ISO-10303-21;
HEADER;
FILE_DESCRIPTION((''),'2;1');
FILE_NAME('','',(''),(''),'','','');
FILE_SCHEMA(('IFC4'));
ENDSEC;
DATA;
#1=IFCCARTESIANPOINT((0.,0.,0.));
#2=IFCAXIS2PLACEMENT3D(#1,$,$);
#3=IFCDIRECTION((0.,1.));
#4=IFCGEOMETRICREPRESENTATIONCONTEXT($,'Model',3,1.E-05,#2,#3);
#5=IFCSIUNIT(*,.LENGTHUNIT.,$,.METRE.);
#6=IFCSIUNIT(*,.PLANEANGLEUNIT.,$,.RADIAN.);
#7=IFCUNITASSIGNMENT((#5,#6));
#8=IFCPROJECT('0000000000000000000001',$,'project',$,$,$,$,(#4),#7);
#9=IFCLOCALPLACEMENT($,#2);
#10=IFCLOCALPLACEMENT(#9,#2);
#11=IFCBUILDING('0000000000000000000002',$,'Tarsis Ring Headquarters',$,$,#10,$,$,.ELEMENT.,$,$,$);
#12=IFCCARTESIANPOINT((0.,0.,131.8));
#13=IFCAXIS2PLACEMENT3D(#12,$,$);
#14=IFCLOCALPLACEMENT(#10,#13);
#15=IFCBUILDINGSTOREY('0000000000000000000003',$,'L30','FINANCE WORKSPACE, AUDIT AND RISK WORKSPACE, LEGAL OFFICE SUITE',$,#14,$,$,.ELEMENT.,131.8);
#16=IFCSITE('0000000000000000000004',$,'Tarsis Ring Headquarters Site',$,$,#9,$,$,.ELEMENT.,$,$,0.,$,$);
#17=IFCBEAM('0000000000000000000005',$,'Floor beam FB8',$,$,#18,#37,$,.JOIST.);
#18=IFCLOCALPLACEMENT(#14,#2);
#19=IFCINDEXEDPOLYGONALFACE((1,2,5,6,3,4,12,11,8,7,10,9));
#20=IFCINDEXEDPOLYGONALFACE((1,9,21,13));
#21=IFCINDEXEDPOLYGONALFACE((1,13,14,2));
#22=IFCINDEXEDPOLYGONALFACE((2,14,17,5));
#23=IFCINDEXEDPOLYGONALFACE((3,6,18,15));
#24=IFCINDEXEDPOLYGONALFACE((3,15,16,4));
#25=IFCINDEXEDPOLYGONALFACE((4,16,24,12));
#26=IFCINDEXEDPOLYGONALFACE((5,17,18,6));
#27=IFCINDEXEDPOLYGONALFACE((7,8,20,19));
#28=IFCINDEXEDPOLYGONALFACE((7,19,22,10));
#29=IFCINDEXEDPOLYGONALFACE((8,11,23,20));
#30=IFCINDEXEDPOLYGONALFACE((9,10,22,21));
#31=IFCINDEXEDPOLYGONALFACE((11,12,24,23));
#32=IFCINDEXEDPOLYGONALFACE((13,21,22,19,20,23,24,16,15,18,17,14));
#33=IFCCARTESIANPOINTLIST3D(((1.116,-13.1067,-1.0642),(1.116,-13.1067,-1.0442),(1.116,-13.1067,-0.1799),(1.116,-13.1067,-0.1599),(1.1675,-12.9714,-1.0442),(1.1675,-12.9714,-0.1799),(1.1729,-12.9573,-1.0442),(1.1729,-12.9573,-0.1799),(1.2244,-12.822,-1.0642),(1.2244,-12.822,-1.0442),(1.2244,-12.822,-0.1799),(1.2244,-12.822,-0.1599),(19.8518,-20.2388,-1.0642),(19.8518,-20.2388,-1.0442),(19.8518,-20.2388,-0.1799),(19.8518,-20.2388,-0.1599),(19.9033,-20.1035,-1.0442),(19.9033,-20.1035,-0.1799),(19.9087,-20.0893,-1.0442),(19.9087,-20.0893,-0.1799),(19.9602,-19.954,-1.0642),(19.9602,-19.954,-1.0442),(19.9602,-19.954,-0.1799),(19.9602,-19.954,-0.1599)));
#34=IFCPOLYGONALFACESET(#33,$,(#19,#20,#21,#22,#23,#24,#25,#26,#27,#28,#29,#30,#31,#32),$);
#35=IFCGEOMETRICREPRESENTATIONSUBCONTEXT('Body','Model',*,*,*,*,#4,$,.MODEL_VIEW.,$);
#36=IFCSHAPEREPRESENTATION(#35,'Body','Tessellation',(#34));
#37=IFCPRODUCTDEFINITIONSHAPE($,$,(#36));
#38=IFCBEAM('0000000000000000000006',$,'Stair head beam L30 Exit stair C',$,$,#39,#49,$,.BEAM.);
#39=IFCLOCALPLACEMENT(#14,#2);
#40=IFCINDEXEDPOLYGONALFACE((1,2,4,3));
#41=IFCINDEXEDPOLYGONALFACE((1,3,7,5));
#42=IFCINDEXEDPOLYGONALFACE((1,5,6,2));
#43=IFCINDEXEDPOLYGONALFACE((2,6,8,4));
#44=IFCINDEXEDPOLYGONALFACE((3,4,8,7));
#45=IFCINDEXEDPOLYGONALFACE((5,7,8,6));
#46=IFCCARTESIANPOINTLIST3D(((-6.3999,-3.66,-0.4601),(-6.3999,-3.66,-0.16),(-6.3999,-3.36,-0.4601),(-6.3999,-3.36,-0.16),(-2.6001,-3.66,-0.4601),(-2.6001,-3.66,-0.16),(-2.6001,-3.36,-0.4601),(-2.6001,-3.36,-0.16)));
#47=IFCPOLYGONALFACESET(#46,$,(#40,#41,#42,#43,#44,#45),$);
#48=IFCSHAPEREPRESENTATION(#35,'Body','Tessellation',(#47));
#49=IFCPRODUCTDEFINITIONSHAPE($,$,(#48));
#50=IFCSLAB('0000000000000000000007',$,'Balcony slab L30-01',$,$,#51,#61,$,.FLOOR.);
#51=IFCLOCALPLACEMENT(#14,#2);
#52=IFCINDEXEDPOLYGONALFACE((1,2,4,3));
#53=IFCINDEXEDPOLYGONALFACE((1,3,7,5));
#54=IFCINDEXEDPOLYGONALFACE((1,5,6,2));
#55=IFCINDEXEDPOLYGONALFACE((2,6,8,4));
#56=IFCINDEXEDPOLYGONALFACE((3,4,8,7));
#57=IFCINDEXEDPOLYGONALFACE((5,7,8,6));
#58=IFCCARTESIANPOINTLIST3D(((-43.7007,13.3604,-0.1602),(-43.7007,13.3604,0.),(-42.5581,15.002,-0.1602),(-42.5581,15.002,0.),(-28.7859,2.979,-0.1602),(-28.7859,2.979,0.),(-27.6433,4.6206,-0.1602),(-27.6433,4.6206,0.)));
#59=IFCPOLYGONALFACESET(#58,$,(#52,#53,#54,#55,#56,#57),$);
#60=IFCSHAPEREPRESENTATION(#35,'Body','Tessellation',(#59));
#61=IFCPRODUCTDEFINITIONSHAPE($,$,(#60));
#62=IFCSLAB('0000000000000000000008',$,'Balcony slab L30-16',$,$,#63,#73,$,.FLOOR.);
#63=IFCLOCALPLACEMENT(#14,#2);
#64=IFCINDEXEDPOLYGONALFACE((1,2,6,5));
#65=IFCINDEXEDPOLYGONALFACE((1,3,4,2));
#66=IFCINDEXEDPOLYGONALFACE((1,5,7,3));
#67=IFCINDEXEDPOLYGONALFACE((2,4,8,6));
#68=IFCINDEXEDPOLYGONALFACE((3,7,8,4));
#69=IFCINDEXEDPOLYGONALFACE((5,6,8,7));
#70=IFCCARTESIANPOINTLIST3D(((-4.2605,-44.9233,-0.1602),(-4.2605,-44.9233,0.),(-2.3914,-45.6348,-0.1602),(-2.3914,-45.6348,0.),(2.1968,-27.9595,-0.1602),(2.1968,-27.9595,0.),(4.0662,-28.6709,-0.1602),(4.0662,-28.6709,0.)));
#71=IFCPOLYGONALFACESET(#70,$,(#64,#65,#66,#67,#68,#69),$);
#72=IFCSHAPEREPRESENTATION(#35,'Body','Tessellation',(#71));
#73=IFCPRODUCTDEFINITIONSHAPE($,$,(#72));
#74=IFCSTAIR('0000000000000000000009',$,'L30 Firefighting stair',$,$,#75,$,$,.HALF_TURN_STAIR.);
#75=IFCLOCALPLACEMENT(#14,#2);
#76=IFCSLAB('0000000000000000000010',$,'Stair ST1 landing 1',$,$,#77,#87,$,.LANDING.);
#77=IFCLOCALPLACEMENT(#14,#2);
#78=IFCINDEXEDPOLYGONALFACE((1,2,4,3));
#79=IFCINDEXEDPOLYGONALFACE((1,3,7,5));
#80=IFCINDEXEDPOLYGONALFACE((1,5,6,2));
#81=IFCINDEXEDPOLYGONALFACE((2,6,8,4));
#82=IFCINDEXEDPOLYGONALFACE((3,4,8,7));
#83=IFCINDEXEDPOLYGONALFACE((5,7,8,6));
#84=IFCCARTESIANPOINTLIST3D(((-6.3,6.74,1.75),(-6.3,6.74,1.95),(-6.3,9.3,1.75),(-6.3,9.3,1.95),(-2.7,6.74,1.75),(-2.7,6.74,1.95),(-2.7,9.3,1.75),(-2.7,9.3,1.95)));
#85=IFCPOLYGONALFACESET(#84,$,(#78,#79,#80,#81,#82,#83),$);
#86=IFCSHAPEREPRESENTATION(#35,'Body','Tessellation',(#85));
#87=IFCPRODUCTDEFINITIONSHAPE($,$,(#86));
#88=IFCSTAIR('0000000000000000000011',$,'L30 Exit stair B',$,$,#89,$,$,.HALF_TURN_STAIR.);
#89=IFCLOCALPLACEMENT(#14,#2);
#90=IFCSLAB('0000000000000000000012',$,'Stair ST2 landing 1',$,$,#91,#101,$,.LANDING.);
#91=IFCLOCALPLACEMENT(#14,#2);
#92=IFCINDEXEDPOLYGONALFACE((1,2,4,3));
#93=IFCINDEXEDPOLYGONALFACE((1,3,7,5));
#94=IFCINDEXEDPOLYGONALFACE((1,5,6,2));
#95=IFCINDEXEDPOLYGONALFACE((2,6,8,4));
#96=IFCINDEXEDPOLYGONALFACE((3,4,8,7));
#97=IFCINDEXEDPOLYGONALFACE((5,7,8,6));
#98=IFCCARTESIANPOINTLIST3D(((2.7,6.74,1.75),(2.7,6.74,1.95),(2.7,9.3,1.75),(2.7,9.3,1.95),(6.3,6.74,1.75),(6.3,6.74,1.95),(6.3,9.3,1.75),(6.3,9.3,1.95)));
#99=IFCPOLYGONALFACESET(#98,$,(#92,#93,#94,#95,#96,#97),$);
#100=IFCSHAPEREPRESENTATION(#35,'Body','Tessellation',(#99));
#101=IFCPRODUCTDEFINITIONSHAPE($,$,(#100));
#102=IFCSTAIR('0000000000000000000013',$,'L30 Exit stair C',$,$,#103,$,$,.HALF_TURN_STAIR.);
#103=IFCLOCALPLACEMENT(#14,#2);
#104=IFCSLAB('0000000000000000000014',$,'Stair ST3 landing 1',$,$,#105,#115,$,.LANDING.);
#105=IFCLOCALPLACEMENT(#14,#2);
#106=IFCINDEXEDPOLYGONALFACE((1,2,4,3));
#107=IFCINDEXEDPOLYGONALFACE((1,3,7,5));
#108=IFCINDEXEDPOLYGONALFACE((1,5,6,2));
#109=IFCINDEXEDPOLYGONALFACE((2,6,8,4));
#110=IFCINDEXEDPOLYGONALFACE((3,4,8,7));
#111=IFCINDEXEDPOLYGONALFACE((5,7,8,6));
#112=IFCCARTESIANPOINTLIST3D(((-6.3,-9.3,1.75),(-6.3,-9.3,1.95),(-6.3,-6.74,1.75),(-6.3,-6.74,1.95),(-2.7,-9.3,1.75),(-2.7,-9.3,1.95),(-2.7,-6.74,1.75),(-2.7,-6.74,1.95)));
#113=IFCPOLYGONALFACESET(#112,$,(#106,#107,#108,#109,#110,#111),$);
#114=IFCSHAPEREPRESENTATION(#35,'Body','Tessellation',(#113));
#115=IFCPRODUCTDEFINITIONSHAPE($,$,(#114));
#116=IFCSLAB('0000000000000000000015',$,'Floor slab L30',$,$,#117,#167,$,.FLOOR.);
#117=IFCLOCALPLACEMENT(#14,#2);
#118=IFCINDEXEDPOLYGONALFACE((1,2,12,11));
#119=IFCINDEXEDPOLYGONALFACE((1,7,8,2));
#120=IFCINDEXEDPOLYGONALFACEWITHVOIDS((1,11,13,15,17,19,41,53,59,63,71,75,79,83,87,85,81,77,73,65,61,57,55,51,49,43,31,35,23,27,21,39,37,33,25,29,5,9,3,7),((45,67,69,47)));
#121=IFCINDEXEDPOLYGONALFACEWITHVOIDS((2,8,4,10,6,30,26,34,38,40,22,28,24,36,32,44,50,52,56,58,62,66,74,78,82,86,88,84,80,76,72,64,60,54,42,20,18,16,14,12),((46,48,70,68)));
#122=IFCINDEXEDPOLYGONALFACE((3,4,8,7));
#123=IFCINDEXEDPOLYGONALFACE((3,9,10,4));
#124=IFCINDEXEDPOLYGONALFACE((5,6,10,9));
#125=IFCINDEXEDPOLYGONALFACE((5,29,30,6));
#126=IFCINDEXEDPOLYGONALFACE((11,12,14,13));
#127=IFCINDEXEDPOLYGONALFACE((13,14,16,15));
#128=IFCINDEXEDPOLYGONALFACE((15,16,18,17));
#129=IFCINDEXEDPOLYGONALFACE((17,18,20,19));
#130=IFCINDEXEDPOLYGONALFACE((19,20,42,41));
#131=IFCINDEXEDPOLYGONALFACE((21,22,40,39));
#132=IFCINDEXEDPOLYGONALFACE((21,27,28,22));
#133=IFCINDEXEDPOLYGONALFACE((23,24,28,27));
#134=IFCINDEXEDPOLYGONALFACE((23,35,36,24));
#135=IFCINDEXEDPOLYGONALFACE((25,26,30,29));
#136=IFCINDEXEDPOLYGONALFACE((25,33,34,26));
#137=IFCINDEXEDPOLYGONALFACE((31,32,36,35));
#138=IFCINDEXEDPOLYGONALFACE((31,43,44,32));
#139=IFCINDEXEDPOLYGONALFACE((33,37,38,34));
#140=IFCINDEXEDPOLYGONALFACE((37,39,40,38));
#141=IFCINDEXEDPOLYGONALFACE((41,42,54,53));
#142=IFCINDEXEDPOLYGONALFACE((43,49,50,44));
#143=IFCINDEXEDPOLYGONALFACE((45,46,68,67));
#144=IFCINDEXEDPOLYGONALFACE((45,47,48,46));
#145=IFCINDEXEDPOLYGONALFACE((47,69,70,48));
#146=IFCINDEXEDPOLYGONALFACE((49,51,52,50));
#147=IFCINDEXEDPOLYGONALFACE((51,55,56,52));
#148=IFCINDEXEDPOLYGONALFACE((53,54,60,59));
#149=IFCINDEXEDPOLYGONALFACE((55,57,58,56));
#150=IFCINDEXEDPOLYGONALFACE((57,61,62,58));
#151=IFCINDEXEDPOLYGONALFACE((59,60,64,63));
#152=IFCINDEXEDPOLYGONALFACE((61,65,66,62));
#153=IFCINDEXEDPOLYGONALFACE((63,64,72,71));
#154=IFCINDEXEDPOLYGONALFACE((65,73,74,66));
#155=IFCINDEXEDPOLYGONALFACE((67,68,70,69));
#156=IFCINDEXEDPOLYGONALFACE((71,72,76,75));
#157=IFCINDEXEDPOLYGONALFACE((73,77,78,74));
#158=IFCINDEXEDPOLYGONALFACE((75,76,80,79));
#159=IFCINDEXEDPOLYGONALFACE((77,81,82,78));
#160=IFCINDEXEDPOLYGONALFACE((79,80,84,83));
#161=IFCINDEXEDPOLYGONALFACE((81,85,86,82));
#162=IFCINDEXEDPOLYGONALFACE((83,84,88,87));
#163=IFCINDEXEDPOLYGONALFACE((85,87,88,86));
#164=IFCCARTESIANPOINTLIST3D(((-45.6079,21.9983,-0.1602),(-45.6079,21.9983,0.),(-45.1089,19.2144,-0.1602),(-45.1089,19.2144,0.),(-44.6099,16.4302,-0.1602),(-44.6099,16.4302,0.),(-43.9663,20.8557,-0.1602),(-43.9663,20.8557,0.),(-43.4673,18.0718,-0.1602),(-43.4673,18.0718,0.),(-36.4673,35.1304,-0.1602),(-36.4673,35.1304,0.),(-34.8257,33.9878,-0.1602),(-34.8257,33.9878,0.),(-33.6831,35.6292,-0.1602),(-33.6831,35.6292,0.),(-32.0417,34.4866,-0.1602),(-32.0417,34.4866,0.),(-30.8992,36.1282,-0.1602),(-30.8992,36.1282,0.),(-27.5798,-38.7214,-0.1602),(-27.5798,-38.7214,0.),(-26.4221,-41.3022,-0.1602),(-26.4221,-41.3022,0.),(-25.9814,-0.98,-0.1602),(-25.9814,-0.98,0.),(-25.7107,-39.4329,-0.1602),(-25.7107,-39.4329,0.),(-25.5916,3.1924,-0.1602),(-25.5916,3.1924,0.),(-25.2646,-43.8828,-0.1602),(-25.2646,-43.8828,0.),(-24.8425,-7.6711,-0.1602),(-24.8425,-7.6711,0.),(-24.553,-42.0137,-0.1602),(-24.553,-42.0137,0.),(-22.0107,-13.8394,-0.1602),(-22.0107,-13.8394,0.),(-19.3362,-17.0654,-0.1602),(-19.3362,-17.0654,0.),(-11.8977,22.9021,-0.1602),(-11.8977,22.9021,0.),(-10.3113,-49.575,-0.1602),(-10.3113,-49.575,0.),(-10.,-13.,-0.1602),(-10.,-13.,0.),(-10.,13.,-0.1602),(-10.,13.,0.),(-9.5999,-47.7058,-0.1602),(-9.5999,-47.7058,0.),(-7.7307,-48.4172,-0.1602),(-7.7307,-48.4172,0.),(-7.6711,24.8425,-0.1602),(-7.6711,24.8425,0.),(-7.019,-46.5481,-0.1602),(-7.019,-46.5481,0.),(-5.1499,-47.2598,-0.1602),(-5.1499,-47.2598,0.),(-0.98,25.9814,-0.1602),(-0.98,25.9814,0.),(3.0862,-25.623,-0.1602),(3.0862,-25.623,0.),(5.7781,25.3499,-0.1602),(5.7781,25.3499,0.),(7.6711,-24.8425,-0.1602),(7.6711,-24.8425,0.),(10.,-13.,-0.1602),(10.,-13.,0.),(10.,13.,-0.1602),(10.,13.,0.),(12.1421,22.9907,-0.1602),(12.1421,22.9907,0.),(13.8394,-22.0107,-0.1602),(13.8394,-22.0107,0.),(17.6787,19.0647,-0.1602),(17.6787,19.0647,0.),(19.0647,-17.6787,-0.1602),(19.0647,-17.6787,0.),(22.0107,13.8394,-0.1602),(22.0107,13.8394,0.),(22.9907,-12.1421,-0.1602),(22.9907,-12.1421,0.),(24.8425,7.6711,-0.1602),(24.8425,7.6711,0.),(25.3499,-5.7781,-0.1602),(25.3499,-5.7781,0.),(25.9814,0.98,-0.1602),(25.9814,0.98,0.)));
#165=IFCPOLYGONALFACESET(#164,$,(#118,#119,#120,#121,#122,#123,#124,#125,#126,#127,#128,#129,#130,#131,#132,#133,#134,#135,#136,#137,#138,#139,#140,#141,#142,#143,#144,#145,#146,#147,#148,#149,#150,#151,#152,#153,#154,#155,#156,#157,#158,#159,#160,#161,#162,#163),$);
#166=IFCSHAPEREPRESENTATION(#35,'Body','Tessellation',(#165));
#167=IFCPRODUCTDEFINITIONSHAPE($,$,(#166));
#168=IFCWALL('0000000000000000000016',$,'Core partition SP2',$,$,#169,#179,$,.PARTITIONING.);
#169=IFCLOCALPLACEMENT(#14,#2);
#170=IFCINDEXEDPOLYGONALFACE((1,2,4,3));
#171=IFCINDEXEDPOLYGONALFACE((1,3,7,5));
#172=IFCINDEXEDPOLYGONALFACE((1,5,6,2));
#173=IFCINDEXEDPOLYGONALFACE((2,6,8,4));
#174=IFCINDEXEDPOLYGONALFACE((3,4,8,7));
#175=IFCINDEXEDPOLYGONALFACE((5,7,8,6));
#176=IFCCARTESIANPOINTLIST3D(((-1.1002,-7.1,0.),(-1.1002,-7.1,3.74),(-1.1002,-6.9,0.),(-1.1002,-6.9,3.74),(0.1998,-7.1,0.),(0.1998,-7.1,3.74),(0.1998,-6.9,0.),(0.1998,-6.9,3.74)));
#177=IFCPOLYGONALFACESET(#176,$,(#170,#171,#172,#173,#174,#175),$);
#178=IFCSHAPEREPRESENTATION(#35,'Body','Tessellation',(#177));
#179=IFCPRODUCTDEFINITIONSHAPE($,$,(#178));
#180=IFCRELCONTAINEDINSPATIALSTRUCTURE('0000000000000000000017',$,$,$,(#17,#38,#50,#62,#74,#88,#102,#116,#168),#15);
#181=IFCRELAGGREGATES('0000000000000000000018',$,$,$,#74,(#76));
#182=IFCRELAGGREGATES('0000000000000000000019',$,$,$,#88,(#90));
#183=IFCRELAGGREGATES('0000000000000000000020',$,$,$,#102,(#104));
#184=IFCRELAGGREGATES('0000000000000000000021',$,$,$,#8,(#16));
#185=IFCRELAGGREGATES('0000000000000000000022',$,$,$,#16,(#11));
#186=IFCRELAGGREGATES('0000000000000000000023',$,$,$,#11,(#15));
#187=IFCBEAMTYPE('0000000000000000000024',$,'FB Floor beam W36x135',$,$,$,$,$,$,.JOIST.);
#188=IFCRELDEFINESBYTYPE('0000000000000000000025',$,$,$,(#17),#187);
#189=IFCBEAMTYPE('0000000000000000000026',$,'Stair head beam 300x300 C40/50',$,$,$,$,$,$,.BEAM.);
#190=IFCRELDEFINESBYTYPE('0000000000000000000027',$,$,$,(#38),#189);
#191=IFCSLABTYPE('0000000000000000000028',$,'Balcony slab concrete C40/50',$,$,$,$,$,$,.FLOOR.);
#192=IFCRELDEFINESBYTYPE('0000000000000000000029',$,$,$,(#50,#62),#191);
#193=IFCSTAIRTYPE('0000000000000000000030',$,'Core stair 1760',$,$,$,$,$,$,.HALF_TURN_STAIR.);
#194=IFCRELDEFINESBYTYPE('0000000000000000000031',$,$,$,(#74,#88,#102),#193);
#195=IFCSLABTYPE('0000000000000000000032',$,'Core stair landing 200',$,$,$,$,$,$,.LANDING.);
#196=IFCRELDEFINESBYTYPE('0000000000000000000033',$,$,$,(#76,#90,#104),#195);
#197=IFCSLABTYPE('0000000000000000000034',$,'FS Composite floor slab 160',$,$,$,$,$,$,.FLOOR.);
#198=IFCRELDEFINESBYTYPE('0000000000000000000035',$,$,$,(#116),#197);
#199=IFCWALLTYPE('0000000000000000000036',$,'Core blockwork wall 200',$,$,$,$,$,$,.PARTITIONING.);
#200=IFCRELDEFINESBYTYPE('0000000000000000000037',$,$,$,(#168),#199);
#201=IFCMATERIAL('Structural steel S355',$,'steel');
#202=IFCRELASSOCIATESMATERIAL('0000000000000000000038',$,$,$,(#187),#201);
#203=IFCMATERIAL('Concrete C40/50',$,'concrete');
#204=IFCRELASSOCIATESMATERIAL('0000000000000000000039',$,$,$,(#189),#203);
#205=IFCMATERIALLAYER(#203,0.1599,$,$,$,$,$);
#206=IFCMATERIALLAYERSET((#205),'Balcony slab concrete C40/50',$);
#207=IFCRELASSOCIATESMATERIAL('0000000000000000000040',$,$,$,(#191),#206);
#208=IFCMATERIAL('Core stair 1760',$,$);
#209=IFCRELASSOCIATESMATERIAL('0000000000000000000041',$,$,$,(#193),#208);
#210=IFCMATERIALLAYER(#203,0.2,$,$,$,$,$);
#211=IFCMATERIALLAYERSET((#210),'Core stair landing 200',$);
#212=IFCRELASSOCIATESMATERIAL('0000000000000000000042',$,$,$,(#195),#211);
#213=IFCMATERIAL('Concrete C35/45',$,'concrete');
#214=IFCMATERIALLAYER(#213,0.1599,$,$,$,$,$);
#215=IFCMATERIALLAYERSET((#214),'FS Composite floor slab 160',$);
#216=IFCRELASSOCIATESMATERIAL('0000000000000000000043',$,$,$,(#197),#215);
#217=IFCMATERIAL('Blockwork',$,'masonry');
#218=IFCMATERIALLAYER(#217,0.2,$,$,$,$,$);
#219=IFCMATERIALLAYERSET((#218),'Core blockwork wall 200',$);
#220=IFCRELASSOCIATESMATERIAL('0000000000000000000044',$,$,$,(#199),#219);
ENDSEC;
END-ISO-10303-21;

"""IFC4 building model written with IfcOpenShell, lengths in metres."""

from ifc_helpers import new_model, si_unit, direction, frame, frame_2d, origin, origin_2d, place, context, subcontext, project, spatial, polyline, rectangle, i_section, outline, extrude, material, layer, layer_set, material_profile, profile_set, type_object, element, aggregate, save


model = new_model("IFC4")

# Units and contexts
model_context = context("Model", 3, precision=1e-05, world=origin(), true_north=direction((0.0, 1.0)))
body_context = subcontext(model_context, "Body", "Model", "MODEL_VIEW")
ifc_project = project(units=[si_unit("LENGTHUNIT", "METRE"), si_unit("PLANEANGLEUNIT", "RADIAN")], contexts=[model_context])

# Site, building, storey
site_placement = place(None, origin())
site = spatial("IfcSite", under=ifc_project, at=site_placement, Name="Tarsis Ring Headquarters Site", CompositionType="ELEMENT", RefElevation=0.0)
building_placement = place(site_placement, origin())
building = spatial("IfcBuilding", under=site, at=building_placement, Name="Tarsis Ring Headquarters", CompositionType="ELEMENT")
storey_placement = place(building_placement, frame((0.0, 0.0, 131.8)))
storey = spatial("IfcBuildingStorey", under=building, at=storey_placement, Name="L30", Description="FINANCE WORKSPACE, AUDIT AND RISK WORKSPACE, LEGAL OFFICE SUITE", CompositionType="ELEMENT", Elevation=131.8)

# Beams
ifc_material_1 = material(Name="Structural steel S355", Category="steel")
ifc_material_profile_1 = material_profile(ifc_material_1, i_section(OverallWidth=0.3047, OverallDepth=0.9043, WebThickness=0.0151, FlangeThickness=0.02, at=origin_2d()), Name="W36x135")
ifc_profile_set_1 = profile_set([ifc_material_profile_1], Name="Structural steel S355")
beam_type_1 = type_object("IfcBeamType", Name="FB Floor beam W36x135", PredefinedType="JOIST", material=ifc_profile_set_1)
beam_1_placement = place(storey_placement, frame((1.1702, -12.9644, -0.6121), z_axis=(0.934577, -0.355761, 0.0), x_axis=(0.355761, 0.934577, 0.0)))
element("IfcBeam", 1, at=beam_1_placement, inside=storey, type_object=beam_type_1, Name="Floor beam FB8", PredefinedType="JOIST", context=body_context, shape_type="SweptSolid", body=[
    extrude(i_section(OverallWidth=0.3047, OverallDepth=0.9043, WebThickness=0.0151, FlangeThickness=0.02, at=origin_2d()), origin(), (0.0, 0.0, 1.0), 20.0474),
])
ifc_material_2 = material(Name="Concrete C40/50", Category="concrete")
ifc_material_profile_2 = material_profile(ifc_material_2, rectangle(XDim=0.3, YDim=0.3, at=origin_2d()), Name="Stair head beam 300x300 C40/50")
ifc_profile_set_2 = profile_set([ifc_material_profile_2], Name="Concrete C40/50")
beam_type_2 = type_object("IfcBeamType", Name="Stair head beam 300x300 C40/50", PredefinedType="BEAM", material=ifc_profile_set_2)
beam_2_placement = place(storey_placement, frame((-6.3999, -3.51, -0.3101), z_axis=(1.0, 0.0, 0.0), x_axis=(0.0, 1.0, 0.0)))
element("IfcBeam", 2, at=beam_2_placement, inside=storey, type_object=beam_type_2, Name="Stair head beam L30 Exit stair C", PredefinedType="BEAM", context=body_context, shape_type="SweptSolid", body=[
    extrude(rectangle(XDim=0.3, YDim=0.3, at=origin_2d()), origin(), (0.0, 0.0, 1.0), 3.7998),
])

# Slabs
ifc_layer_1 = layer(ifc_material_2, 0.1599)
ifc_layer_set_1 = layer_set([ifc_layer_1], Name="Balcony slab concrete C40/50")
slab_type_1 = type_object("IfcSlabType", Name="Balcony slab concrete C40/50", PredefinedType="FLOOR", material=ifc_layer_set_1)
slab_1_placement = place(storey_placement, frame((0.0, 0.0, -0.1602)))
element("IfcSlab", 3, at=slab_1_placement, inside=storey, type_object=slab_type_1, Name="Balcony slab L30-01", PredefinedType="FLOOR", context=body_context, shape_type="SweptSolid", body=[
    extrude(outline(polyline([(-42.5581, 15.002), (-43.7007, 13.3604), (-28.7859, 2.979), (-27.6433, 4.6206), (-42.5581, 15.002)])), origin(), (0.0, 0.0, 1.0), 0.1602),
])
slab_2_placement = place(storey_placement, frame((0.0, 0.0, -0.1602)))
element("IfcSlab", 4, at=slab_2_placement, inside=storey, type_object=slab_type_1, Name="Balcony slab L30-16", PredefinedType="FLOOR", context=body_context, shape_type="SweptSolid", body=[
    extrude(outline(polyline([(-4.2605, -44.9233), (-2.3914, -45.6348), (4.0662, -28.6709), (2.1968, -27.9595), (-4.2605, -44.9233)])), origin(), (0.0, 0.0, 1.0), 0.1602),
])

# Stairs, slabs
ifc_material_3 = material(Name="Core stair 1760")
stair_type = type_object("IfcStairType", Name="Core stair 1760", PredefinedType="HALF_TURN_STAIR", material=ifc_material_3)
stair_1_placement = place(storey_placement, origin())
stair_1 = element("IfcStair", 5, at=stair_1_placement, inside=storey, type_object=stair_type, Name="L30 Firefighting stair", PredefinedType="HALF_TURN_STAIR")
ifc_layer_2 = layer(ifc_material_2, 0.2)
ifc_layer_set_2 = layer_set([ifc_layer_2], Name="Core stair landing 200")
slab_type_2 = type_object("IfcSlabType", Name="Core stair landing 200", PredefinedType="LANDING", material=ifc_layer_set_2)
slab_3_placement = place(storey_placement, frame((0.0, 0.0, 1.75)))
slab_3 = element("IfcSlab", 6, at=slab_3_placement, type_object=slab_type_2, Name="Stair ST1 landing 1", PredefinedType="LANDING", context=body_context, shape_type="SweptSolid", body=[
    extrude(outline(polyline([(-2.7, 6.74), (-2.7, 9.3), (-6.3, 9.3), (-6.3, 6.74), (-2.7, 6.74)])), origin(), (0.0, 0.0, 1.0), 0.2),
])
aggregate(stair_1, [slab_3])
stair_2_placement = place(storey_placement, origin())
stair_2 = element("IfcStair", 7, at=stair_2_placement, inside=storey, type_object=stair_type, Name="L30 Exit stair B", PredefinedType="HALF_TURN_STAIR")
slab_4_placement = place(storey_placement, frame((0.0, 0.0, 1.75)))
slab_4 = element("IfcSlab", 8, at=slab_4_placement, type_object=slab_type_2, Name="Stair ST2 landing 1", PredefinedType="LANDING", context=body_context, shape_type="SweptSolid", body=[
    extrude(outline(polyline([(6.3, 6.74), (6.3, 9.3), (2.7, 9.3), (2.7, 6.74), (6.3, 6.74)])), origin(), (0.0, 0.0, 1.0), 0.2),
])
aggregate(stair_2, [slab_4])
stair_3_placement = place(storey_placement, origin())
stair_3 = element("IfcStair", 9, at=stair_3_placement, inside=storey, type_object=stair_type, Name="L30 Exit stair C", PredefinedType="HALF_TURN_STAIR")
slab_5_placement = place(storey_placement, frame((0.0, 0.0, 1.75)))
slab_5 = element("IfcSlab", 10, at=slab_5_placement, type_object=slab_type_2, Name="Stair ST3 landing 1", PredefinedType="LANDING", context=body_context, shape_type="SweptSolid", body=[
    extrude(outline(polyline([(-6.3, -6.74), (-6.3, -9.3), (-2.7, -9.3), (-2.7, -6.74), (-6.3, -6.74)])), origin(), (0.0, 0.0, 1.0), 0.2),
])
aggregate(stair_3, [slab_5])

# Slab
ifc_material_4 = material(Name="Concrete C35/45", Category="concrete")
ifc_layer_3 = layer(ifc_material_4, 0.1599)
ifc_layer_set_3 = layer_set([ifc_layer_3], Name="FS Composite floor slab 160")
slab_type_3 = type_object("IfcSlabType", Name="FS Composite floor slab 160", PredefinedType="FLOOR", material=ifc_layer_set_3)
slab_6_placement = place(storey_placement, frame((0.0, 0.0, -0.1602)))
element("IfcSlab", 11, at=slab_6_placement, inside=storey, type_object=slab_type_3, Name="Floor slab L30", PredefinedType="FLOOR", context=body_context, shape_type="SweptSolid", body=[
    extrude(outline(polyline([(-25.5916, 3.1924), (-25.9814, -0.98), (-24.8425, -7.6711), (-22.0107, -13.8394), (-19.3362, -17.0654), (-27.5798, -38.7214), (-25.7107, -39.4329), (-26.4221, -41.3022), (-24.553, -42.0137), (-25.2646, -43.8828), (-10.3113, -49.575), (-9.5999, -47.7058), (-7.7307, -48.4172), (-7.019, -46.5481), (-5.1499, -47.2598), (3.0862, -25.623), (7.6711, -24.8425), (13.8394, -22.0107), (19.0647, -17.6787), (22.9907, -12.1421), (25.3499, -5.7781), (25.9814, 0.98), (24.8425, 7.6711), (22.0107, 13.8394), (17.6787, 19.0647), (12.1421, 22.9907), (5.7781, 25.3499), (-0.98, 25.9814), (-7.6711, 24.8425), (-11.8977, 22.9021), (-30.8992, 36.1282), (-32.0417, 34.4866), (-33.6831, 35.6292), (-34.8257, 33.9878), (-36.4673, 35.1304), (-45.6079, 21.9983), (-43.9663, 20.8557), (-45.1089, 19.2144), (-43.4673, 18.0718), (-44.6099, 16.4302), (-25.5916, 3.1924)]), holes=[polyline([(-10.0, -13.0), (-10.0, 13.0), (10.0, 13.0), (10.0, -13.0), (-10.0, -13.0)])]), origin(), (0.0, 0.0, 1.0), 0.1602),
])

# Wall
ifc_material_5 = material(Name="Blockwork", Category="masonry")
ifc_layer_4 = layer(ifc_material_5, 0.2)
ifc_layer_set_4 = layer_set([ifc_layer_4], Name="Core blockwork wall 200")
wall_type_1 = type_object("IfcWallType", Name="Core blockwork wall 200", PredefinedType="PARTITIONING", material=ifc_layer_set_4)
wall_1_placement = place(storey_placement, frame((-1.1001, -7.0, 0.0), z_axis=(0.0, 0.0, 1.0), x_axis=(1.0, 0.0, 0.0)))
element("IfcWall", 12, at=wall_1_placement, inside=storey, type_object=wall_type_1, Name="Core partition SP2", PredefinedType="PARTITIONING", context=body_context, shape_type="SweptSolid", body=[
    extrude(rectangle(XDim=1.3, YDim=0.2, at=frame_2d((0.6499, 0.0))), origin(), (0.0, 0.0, 1.0), 3.74),
])

save(model, "model.ifc")
